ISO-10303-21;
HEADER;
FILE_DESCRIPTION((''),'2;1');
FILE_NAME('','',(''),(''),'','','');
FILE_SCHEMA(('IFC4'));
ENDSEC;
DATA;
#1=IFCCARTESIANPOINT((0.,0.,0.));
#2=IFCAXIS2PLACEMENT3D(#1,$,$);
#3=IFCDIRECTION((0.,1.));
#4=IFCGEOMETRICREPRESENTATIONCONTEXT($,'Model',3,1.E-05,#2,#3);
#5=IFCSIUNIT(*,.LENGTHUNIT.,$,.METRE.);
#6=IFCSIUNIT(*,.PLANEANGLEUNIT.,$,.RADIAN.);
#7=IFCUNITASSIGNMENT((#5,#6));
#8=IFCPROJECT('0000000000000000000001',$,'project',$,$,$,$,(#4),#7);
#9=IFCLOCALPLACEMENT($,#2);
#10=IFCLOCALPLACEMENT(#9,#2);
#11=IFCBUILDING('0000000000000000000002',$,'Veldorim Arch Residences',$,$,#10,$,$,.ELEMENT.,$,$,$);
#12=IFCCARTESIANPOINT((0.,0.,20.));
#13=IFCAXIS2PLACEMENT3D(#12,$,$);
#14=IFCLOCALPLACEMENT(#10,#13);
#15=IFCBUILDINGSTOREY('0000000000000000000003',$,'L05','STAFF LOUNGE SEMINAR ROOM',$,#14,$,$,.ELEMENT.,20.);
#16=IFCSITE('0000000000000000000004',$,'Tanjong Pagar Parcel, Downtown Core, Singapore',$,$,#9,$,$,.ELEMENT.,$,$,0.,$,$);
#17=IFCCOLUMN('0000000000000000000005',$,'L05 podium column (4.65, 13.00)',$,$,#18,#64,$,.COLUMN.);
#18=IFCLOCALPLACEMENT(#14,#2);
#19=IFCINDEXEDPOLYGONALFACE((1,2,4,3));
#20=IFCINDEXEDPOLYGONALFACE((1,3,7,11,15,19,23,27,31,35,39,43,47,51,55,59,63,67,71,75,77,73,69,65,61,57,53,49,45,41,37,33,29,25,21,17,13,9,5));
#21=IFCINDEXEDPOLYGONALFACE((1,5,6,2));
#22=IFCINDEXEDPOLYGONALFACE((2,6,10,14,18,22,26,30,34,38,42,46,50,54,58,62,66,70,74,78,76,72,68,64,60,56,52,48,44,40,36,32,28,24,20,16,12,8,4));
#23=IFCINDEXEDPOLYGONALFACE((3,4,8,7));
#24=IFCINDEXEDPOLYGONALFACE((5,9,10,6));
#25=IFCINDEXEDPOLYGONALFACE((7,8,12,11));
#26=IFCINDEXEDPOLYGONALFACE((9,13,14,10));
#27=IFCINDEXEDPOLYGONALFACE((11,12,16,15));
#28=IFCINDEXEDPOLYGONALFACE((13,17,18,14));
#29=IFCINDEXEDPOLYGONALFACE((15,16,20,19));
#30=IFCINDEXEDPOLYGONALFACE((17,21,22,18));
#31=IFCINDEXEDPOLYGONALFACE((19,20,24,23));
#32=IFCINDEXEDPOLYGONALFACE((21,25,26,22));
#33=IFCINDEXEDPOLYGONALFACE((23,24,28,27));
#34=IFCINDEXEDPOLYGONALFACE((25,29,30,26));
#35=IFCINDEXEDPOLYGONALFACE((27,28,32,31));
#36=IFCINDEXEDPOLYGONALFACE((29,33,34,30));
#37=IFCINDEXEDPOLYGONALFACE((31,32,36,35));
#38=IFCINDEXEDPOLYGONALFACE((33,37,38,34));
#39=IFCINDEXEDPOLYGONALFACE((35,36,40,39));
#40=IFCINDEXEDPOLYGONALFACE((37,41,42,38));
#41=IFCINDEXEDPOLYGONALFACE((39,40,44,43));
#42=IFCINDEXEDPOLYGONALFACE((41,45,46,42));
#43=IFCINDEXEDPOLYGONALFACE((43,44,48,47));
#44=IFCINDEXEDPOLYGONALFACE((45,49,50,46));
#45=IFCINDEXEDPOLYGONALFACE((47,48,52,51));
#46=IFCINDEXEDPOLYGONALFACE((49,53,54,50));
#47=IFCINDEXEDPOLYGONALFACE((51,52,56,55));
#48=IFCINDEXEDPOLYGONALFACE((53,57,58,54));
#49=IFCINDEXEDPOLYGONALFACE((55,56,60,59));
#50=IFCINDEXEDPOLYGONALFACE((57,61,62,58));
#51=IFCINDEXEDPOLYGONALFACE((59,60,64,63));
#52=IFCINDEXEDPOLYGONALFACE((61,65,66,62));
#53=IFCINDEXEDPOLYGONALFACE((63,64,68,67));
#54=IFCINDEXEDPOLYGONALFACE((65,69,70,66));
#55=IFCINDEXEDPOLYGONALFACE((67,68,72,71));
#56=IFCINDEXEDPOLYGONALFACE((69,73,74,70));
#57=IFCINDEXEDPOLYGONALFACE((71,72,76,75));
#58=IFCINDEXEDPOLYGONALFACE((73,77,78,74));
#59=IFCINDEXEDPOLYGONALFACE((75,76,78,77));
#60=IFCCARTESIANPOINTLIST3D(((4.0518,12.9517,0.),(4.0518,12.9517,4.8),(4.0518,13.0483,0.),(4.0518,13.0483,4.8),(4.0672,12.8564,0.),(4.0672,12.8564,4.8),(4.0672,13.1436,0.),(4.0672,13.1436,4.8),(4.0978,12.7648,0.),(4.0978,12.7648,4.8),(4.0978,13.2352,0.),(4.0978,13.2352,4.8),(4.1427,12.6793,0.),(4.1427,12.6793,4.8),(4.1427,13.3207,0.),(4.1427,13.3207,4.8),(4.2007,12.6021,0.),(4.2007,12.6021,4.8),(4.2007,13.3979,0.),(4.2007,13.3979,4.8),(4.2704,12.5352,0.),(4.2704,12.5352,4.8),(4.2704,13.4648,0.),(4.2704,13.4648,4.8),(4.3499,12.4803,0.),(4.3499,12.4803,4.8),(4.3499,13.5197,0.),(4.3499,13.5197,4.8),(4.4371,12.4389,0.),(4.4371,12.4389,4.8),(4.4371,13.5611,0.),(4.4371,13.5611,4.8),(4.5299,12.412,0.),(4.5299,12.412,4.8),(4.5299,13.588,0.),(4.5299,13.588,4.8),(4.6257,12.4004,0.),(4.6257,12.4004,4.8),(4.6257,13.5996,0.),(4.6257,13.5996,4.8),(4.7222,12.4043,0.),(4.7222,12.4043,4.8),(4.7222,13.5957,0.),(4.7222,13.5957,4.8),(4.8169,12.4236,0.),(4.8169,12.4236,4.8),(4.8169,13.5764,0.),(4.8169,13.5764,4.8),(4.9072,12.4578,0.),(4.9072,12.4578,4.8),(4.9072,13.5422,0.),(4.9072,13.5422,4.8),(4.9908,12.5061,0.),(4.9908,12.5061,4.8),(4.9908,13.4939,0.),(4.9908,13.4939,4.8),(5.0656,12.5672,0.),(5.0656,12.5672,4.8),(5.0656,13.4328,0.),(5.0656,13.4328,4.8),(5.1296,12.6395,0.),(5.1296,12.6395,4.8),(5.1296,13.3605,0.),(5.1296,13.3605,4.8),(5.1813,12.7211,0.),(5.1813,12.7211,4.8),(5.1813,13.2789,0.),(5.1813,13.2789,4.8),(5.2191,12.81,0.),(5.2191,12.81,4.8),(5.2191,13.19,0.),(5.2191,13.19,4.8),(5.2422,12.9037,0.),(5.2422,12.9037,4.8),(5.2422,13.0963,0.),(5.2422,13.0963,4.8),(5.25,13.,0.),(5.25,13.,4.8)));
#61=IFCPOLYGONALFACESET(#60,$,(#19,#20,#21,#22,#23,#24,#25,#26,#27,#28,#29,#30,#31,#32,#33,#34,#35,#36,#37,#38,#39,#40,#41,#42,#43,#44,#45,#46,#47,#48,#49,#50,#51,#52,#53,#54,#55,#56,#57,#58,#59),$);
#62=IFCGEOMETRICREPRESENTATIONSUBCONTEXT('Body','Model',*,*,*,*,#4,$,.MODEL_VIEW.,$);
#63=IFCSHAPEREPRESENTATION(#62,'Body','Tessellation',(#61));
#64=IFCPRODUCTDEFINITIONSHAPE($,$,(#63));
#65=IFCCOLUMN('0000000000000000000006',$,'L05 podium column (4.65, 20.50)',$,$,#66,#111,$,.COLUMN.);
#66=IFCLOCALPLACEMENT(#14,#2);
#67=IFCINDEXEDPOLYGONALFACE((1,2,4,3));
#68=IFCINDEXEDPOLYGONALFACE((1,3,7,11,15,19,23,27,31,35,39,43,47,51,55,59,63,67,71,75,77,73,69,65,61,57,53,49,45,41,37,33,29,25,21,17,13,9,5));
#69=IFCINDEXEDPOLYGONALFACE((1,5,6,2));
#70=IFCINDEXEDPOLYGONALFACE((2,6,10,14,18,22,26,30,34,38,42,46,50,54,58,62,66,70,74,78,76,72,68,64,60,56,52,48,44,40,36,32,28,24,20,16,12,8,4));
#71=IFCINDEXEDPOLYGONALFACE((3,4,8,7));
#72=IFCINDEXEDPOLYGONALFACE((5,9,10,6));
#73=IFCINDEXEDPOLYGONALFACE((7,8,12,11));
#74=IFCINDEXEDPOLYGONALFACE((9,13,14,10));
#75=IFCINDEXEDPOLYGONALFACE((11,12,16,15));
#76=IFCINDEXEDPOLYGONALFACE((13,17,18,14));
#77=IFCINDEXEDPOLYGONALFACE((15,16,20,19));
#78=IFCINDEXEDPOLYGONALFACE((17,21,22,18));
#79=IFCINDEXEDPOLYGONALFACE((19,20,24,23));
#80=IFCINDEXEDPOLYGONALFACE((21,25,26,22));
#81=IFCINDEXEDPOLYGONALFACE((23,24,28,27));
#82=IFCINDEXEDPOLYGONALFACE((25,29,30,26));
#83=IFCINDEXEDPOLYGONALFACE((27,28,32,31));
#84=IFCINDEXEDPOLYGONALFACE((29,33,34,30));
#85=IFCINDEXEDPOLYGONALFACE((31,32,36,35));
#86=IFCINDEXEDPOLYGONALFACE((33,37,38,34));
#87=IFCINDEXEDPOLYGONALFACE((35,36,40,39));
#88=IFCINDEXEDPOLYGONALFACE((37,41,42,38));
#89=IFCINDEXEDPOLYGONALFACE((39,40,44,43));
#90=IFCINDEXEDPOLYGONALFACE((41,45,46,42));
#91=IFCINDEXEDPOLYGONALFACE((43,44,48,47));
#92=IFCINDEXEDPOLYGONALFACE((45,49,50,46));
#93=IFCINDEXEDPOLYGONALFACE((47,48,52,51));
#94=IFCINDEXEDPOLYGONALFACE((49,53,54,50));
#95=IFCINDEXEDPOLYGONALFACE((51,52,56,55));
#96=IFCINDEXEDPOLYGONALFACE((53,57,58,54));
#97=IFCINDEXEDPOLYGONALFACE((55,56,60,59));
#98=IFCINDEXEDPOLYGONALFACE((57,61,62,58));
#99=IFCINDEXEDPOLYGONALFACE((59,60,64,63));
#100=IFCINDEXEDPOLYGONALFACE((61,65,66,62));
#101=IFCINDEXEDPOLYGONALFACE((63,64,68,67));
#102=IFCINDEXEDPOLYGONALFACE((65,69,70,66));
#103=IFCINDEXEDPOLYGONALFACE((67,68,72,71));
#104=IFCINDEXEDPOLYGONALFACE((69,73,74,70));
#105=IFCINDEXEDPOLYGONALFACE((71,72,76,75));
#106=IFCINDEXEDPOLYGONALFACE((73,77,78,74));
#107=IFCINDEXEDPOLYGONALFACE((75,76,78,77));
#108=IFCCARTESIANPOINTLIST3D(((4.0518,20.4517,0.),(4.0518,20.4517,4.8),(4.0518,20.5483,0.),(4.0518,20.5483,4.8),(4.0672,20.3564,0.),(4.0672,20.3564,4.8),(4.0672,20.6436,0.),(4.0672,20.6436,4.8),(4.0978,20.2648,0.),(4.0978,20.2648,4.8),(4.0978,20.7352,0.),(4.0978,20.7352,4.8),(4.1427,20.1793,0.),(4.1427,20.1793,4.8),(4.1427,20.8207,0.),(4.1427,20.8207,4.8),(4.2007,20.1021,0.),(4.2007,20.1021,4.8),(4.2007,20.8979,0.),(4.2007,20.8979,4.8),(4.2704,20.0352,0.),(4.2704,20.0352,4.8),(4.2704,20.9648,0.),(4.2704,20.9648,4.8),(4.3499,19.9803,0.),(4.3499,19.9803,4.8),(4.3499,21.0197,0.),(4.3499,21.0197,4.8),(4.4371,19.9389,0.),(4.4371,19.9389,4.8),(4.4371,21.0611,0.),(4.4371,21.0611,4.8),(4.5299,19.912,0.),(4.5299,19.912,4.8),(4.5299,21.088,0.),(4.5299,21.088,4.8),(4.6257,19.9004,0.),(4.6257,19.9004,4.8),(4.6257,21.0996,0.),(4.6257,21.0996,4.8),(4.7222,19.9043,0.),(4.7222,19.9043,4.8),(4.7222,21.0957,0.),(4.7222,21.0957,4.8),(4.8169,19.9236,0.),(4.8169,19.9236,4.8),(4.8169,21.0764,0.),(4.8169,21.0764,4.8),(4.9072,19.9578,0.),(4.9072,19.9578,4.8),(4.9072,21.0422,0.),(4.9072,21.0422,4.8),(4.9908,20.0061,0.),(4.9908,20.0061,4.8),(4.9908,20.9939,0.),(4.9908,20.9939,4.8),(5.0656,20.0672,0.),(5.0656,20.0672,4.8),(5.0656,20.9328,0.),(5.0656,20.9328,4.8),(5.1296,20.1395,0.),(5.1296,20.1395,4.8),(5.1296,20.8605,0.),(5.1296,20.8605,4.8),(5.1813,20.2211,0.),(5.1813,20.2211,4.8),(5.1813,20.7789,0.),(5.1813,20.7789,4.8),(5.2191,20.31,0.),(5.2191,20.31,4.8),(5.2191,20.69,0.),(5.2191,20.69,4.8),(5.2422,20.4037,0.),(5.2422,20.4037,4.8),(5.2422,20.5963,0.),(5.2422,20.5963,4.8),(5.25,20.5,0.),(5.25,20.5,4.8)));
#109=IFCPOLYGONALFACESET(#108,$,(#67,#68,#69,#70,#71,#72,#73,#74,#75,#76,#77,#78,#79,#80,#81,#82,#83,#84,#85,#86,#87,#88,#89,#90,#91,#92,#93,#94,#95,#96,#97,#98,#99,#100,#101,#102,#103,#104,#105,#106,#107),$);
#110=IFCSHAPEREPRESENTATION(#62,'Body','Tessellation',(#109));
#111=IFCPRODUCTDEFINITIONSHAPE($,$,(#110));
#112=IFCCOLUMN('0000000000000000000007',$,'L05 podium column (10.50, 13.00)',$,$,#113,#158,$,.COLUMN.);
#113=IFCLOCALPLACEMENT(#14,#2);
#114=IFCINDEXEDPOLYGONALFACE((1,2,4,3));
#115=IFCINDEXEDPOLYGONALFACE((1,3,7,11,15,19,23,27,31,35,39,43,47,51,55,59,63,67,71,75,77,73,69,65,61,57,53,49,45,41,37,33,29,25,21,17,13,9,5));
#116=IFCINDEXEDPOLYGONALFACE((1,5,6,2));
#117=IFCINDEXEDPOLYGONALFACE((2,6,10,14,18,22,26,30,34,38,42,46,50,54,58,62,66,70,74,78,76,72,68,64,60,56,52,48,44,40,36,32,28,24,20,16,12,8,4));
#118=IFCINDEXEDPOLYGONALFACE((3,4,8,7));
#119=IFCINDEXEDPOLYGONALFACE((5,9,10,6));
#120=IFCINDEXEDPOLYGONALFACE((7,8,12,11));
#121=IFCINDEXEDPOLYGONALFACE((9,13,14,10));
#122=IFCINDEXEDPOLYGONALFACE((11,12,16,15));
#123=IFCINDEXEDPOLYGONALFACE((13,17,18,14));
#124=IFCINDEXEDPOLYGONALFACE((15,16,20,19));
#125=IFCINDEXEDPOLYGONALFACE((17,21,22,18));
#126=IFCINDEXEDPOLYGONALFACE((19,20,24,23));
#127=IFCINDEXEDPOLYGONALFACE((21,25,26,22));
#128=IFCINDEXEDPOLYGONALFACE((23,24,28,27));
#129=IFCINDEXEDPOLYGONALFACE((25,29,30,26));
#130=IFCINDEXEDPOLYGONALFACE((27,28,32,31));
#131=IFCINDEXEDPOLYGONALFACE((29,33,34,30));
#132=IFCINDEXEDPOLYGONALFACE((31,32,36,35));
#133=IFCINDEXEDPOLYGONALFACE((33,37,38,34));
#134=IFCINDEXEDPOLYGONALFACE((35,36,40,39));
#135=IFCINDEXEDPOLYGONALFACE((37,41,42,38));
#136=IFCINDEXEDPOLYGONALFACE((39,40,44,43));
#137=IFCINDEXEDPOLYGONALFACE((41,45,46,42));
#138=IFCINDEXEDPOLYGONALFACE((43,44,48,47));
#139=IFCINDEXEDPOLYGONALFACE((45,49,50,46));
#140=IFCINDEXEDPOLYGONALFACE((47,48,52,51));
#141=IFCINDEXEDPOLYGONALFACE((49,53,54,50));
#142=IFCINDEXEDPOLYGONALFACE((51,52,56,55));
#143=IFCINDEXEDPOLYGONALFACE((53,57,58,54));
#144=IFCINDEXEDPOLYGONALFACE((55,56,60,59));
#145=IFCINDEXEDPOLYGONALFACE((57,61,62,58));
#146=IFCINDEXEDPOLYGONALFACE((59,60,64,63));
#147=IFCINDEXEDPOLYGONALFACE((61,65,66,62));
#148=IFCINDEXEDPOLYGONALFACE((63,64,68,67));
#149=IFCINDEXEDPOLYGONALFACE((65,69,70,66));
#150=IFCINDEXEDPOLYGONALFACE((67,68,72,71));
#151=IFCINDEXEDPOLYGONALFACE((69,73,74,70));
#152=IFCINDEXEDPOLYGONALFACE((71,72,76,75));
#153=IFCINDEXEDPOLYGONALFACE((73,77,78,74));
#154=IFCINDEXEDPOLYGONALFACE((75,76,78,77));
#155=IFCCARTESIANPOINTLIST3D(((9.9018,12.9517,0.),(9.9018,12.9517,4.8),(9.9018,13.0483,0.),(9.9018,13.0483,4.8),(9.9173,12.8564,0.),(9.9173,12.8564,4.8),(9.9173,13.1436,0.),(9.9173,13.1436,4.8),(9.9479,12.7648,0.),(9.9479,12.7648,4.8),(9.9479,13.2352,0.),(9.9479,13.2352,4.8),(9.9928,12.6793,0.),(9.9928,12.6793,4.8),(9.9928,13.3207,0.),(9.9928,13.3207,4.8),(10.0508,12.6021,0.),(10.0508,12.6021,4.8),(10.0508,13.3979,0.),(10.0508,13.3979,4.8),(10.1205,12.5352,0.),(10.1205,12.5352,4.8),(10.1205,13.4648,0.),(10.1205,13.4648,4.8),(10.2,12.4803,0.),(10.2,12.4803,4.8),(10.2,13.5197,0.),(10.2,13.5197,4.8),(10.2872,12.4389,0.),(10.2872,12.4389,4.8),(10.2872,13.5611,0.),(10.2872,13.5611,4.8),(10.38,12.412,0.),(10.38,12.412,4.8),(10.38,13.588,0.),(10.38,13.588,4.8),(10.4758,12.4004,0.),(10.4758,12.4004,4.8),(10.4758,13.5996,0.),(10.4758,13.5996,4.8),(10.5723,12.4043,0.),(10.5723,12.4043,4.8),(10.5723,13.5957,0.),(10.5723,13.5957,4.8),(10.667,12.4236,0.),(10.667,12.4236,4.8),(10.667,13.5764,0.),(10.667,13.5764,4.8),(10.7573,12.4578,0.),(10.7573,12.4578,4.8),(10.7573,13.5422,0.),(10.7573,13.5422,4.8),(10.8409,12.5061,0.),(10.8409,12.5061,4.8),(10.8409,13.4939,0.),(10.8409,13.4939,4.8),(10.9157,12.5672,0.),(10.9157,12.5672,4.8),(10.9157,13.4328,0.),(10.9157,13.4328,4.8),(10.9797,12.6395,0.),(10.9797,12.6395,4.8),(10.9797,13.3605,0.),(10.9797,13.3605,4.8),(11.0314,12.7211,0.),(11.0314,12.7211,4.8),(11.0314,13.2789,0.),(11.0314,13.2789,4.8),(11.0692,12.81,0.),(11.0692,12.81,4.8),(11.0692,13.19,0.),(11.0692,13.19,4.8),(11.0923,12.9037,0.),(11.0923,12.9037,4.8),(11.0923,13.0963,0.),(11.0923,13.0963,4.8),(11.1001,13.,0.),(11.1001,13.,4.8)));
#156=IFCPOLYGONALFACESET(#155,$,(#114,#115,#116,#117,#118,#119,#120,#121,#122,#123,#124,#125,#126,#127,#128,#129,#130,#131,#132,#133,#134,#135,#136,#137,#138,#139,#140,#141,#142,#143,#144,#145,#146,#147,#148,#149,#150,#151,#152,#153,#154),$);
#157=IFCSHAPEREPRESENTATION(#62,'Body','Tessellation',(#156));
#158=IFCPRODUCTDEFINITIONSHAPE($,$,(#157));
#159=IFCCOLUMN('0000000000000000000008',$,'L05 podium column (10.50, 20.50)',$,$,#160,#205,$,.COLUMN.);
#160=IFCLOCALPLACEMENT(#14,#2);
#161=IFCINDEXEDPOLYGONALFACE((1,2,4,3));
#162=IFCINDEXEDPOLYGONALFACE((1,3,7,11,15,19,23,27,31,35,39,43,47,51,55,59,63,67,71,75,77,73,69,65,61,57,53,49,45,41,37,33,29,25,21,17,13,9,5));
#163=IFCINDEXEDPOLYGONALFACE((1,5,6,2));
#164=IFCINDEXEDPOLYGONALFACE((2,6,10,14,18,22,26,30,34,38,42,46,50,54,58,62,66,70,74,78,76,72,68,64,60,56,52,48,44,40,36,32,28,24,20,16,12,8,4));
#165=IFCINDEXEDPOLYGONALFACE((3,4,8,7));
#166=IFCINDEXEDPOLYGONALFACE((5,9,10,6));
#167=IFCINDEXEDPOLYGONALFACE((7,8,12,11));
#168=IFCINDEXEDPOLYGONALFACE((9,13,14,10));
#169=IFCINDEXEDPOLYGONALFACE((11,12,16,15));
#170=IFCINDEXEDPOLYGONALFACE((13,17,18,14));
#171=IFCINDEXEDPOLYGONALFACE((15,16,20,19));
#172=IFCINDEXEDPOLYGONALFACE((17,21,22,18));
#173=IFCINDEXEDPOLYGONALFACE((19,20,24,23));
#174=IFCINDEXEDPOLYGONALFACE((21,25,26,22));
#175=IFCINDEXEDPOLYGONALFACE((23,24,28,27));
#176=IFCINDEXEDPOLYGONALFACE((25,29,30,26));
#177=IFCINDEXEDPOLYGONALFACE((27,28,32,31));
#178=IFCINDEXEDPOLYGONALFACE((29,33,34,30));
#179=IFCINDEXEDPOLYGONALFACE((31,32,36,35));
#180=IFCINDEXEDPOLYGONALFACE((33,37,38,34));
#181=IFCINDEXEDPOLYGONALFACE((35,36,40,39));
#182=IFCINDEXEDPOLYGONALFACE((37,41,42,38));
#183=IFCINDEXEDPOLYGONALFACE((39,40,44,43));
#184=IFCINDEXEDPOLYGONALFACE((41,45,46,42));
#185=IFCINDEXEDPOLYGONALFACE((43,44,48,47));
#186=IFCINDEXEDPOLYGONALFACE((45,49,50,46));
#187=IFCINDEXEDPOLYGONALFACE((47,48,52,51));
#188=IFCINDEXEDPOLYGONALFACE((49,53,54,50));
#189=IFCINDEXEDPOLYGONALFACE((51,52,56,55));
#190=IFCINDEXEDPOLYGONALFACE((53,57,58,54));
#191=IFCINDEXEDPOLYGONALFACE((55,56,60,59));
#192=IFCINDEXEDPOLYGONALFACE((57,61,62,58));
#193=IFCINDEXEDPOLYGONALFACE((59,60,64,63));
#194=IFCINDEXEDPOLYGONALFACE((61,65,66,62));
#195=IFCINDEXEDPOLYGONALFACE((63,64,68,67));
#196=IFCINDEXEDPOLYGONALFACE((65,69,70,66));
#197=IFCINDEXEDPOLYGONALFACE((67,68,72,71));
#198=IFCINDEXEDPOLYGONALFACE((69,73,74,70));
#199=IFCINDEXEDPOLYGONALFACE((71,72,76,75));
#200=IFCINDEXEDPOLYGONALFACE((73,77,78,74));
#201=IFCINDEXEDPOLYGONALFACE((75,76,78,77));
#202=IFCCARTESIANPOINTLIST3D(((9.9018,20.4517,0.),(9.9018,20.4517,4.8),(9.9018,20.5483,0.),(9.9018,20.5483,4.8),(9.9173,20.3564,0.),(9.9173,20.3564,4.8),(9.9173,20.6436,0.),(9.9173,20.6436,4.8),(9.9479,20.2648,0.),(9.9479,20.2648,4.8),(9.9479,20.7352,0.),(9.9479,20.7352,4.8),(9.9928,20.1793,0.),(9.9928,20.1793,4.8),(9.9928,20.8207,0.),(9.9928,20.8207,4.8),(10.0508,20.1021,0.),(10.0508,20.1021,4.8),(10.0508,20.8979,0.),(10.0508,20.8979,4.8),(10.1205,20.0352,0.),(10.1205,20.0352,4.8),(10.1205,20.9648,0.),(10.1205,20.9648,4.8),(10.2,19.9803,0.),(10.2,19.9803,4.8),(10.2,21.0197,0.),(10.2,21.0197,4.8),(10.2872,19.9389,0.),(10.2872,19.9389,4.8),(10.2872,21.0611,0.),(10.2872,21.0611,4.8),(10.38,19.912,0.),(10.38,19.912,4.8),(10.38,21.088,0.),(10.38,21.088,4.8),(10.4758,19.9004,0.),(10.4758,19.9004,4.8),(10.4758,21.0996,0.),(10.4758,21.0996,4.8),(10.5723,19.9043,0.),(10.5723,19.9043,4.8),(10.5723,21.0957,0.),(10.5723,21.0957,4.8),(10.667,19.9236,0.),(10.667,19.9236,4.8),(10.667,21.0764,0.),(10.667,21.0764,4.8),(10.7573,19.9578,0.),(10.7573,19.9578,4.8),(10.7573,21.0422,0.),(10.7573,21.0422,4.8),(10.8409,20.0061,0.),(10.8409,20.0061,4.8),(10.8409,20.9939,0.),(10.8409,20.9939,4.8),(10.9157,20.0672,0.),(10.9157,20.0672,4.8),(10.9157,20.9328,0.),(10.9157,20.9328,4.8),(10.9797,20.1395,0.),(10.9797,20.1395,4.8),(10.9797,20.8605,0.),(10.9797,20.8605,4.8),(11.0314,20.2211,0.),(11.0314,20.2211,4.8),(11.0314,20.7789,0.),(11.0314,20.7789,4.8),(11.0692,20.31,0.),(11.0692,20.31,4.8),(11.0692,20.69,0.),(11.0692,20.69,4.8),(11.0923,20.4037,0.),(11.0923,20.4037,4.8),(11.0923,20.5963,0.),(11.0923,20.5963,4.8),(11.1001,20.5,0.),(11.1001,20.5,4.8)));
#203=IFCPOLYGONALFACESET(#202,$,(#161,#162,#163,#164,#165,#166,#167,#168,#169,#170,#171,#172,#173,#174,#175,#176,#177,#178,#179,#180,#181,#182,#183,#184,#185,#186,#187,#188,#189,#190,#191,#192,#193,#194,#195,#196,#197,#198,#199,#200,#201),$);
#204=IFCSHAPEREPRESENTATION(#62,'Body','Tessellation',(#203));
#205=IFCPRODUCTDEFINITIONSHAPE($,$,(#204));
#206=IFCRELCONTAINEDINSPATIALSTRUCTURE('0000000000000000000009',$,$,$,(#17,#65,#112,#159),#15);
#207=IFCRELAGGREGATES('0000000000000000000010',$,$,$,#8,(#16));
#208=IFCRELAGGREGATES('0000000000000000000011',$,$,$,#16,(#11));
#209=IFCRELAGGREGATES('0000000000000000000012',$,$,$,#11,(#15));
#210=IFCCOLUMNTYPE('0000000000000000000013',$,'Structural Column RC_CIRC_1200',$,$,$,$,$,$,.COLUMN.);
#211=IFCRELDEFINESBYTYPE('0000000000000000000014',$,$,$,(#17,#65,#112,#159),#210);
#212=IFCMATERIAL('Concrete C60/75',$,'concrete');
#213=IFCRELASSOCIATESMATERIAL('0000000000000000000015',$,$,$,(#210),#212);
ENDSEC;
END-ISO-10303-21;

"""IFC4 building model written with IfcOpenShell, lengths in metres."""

from ifc_helpers import new_model, si_unit, direction, frame, origin, origin_2d, place, context, subcontext, project, spatial, circle, extrude, material, material_profile, profile_set, type_object, element, save


model = new_model("IFC4")

# Units and contexts
model_context = context("Model", 3, precision=1e-05, world=origin(), true_north=direction((0.0, 1.0)))
body_context = subcontext(model_context, "Body", "Model", "MODEL_VIEW")
ifc_project = project(units=[si_unit("LENGTHUNIT", "METRE"), si_unit("PLANEANGLEUNIT", "RADIAN")], contexts=[model_context])

# Site, building, storey
site_placement = place(None, origin())
site = spatial("IfcSite", under=ifc_project, at=site_placement, Name="Tanjong Pagar Parcel, Downtown Core, Singapore", CompositionType="ELEMENT", RefElevation=0.0)
building_placement = place(site_placement, origin())
building = spatial("IfcBuilding", under=site, at=building_placement, Name="Veldorim Arch Residences", CompositionType="ELEMENT")
storey_placement = place(building_placement, frame((0.0, 0.0, 20.0)))
storey = spatial("IfcBuildingStorey", under=building, at=storey_placement, Name="L05", Description="STAFF LOUNGE SEMINAR ROOM", CompositionType="ELEMENT", Elevation=20.0)

# Columns
ifc_material_1 = material(Name="Concrete C60/75", Category="concrete")
ifc_material_profile_1 = material_profile(ifc_material_1, circle(Radius=0.6001, at=origin_2d()), Name="RC_CIRC_1200")
ifc_profile_set_1 = profile_set([ifc_material_profile_1], Name="Concrete C60/75")
column_type = type_object("IfcColumnType", Name="Structural Column RC_CIRC_1200", PredefinedType="COLUMN", material=ifc_profile_set_1)
for number, where, z_axis, x_axis, name in (
    (1, (4.6499, 13.0, 0.0), (0.0, 0.0, 1.0), (1.0, 0.0, 0.0), "L05 podium column (4.65, 13.00)"),
    (2, (4.6499, 20.5, 0.0), (0.0, 0.0, 1.0), (1.0, 0.0, 0.0), "L05 podium column (4.65, 20.50)"),
    (3, (10.5, 13.0, 0.0), (0.0, 0.0, 1.0), (1.0, 0.0, 0.0), "L05 podium column (10.50, 13.00)"),
    (4, (10.5, 20.5, 0.0), (0.0, 0.0, 1.0), (1.0, 0.0, 0.0), "L05 podium column (10.50, 20.50)"),
):
    element("IfcColumn", number, at=place(storey_placement, frame(where, z_axis=z_axis, x_axis=x_axis)), inside=storey, type_object=column_type, Name=name, PredefinedType="COLUMN", context=body_context, shape_type="SweptSolid", body=[
        extrude(circle(Radius=0.6001, at=origin_2d()), origin(), (0.0, 0.0, 1.0), 4.8),
    ])

save(model, "model.ifc")
